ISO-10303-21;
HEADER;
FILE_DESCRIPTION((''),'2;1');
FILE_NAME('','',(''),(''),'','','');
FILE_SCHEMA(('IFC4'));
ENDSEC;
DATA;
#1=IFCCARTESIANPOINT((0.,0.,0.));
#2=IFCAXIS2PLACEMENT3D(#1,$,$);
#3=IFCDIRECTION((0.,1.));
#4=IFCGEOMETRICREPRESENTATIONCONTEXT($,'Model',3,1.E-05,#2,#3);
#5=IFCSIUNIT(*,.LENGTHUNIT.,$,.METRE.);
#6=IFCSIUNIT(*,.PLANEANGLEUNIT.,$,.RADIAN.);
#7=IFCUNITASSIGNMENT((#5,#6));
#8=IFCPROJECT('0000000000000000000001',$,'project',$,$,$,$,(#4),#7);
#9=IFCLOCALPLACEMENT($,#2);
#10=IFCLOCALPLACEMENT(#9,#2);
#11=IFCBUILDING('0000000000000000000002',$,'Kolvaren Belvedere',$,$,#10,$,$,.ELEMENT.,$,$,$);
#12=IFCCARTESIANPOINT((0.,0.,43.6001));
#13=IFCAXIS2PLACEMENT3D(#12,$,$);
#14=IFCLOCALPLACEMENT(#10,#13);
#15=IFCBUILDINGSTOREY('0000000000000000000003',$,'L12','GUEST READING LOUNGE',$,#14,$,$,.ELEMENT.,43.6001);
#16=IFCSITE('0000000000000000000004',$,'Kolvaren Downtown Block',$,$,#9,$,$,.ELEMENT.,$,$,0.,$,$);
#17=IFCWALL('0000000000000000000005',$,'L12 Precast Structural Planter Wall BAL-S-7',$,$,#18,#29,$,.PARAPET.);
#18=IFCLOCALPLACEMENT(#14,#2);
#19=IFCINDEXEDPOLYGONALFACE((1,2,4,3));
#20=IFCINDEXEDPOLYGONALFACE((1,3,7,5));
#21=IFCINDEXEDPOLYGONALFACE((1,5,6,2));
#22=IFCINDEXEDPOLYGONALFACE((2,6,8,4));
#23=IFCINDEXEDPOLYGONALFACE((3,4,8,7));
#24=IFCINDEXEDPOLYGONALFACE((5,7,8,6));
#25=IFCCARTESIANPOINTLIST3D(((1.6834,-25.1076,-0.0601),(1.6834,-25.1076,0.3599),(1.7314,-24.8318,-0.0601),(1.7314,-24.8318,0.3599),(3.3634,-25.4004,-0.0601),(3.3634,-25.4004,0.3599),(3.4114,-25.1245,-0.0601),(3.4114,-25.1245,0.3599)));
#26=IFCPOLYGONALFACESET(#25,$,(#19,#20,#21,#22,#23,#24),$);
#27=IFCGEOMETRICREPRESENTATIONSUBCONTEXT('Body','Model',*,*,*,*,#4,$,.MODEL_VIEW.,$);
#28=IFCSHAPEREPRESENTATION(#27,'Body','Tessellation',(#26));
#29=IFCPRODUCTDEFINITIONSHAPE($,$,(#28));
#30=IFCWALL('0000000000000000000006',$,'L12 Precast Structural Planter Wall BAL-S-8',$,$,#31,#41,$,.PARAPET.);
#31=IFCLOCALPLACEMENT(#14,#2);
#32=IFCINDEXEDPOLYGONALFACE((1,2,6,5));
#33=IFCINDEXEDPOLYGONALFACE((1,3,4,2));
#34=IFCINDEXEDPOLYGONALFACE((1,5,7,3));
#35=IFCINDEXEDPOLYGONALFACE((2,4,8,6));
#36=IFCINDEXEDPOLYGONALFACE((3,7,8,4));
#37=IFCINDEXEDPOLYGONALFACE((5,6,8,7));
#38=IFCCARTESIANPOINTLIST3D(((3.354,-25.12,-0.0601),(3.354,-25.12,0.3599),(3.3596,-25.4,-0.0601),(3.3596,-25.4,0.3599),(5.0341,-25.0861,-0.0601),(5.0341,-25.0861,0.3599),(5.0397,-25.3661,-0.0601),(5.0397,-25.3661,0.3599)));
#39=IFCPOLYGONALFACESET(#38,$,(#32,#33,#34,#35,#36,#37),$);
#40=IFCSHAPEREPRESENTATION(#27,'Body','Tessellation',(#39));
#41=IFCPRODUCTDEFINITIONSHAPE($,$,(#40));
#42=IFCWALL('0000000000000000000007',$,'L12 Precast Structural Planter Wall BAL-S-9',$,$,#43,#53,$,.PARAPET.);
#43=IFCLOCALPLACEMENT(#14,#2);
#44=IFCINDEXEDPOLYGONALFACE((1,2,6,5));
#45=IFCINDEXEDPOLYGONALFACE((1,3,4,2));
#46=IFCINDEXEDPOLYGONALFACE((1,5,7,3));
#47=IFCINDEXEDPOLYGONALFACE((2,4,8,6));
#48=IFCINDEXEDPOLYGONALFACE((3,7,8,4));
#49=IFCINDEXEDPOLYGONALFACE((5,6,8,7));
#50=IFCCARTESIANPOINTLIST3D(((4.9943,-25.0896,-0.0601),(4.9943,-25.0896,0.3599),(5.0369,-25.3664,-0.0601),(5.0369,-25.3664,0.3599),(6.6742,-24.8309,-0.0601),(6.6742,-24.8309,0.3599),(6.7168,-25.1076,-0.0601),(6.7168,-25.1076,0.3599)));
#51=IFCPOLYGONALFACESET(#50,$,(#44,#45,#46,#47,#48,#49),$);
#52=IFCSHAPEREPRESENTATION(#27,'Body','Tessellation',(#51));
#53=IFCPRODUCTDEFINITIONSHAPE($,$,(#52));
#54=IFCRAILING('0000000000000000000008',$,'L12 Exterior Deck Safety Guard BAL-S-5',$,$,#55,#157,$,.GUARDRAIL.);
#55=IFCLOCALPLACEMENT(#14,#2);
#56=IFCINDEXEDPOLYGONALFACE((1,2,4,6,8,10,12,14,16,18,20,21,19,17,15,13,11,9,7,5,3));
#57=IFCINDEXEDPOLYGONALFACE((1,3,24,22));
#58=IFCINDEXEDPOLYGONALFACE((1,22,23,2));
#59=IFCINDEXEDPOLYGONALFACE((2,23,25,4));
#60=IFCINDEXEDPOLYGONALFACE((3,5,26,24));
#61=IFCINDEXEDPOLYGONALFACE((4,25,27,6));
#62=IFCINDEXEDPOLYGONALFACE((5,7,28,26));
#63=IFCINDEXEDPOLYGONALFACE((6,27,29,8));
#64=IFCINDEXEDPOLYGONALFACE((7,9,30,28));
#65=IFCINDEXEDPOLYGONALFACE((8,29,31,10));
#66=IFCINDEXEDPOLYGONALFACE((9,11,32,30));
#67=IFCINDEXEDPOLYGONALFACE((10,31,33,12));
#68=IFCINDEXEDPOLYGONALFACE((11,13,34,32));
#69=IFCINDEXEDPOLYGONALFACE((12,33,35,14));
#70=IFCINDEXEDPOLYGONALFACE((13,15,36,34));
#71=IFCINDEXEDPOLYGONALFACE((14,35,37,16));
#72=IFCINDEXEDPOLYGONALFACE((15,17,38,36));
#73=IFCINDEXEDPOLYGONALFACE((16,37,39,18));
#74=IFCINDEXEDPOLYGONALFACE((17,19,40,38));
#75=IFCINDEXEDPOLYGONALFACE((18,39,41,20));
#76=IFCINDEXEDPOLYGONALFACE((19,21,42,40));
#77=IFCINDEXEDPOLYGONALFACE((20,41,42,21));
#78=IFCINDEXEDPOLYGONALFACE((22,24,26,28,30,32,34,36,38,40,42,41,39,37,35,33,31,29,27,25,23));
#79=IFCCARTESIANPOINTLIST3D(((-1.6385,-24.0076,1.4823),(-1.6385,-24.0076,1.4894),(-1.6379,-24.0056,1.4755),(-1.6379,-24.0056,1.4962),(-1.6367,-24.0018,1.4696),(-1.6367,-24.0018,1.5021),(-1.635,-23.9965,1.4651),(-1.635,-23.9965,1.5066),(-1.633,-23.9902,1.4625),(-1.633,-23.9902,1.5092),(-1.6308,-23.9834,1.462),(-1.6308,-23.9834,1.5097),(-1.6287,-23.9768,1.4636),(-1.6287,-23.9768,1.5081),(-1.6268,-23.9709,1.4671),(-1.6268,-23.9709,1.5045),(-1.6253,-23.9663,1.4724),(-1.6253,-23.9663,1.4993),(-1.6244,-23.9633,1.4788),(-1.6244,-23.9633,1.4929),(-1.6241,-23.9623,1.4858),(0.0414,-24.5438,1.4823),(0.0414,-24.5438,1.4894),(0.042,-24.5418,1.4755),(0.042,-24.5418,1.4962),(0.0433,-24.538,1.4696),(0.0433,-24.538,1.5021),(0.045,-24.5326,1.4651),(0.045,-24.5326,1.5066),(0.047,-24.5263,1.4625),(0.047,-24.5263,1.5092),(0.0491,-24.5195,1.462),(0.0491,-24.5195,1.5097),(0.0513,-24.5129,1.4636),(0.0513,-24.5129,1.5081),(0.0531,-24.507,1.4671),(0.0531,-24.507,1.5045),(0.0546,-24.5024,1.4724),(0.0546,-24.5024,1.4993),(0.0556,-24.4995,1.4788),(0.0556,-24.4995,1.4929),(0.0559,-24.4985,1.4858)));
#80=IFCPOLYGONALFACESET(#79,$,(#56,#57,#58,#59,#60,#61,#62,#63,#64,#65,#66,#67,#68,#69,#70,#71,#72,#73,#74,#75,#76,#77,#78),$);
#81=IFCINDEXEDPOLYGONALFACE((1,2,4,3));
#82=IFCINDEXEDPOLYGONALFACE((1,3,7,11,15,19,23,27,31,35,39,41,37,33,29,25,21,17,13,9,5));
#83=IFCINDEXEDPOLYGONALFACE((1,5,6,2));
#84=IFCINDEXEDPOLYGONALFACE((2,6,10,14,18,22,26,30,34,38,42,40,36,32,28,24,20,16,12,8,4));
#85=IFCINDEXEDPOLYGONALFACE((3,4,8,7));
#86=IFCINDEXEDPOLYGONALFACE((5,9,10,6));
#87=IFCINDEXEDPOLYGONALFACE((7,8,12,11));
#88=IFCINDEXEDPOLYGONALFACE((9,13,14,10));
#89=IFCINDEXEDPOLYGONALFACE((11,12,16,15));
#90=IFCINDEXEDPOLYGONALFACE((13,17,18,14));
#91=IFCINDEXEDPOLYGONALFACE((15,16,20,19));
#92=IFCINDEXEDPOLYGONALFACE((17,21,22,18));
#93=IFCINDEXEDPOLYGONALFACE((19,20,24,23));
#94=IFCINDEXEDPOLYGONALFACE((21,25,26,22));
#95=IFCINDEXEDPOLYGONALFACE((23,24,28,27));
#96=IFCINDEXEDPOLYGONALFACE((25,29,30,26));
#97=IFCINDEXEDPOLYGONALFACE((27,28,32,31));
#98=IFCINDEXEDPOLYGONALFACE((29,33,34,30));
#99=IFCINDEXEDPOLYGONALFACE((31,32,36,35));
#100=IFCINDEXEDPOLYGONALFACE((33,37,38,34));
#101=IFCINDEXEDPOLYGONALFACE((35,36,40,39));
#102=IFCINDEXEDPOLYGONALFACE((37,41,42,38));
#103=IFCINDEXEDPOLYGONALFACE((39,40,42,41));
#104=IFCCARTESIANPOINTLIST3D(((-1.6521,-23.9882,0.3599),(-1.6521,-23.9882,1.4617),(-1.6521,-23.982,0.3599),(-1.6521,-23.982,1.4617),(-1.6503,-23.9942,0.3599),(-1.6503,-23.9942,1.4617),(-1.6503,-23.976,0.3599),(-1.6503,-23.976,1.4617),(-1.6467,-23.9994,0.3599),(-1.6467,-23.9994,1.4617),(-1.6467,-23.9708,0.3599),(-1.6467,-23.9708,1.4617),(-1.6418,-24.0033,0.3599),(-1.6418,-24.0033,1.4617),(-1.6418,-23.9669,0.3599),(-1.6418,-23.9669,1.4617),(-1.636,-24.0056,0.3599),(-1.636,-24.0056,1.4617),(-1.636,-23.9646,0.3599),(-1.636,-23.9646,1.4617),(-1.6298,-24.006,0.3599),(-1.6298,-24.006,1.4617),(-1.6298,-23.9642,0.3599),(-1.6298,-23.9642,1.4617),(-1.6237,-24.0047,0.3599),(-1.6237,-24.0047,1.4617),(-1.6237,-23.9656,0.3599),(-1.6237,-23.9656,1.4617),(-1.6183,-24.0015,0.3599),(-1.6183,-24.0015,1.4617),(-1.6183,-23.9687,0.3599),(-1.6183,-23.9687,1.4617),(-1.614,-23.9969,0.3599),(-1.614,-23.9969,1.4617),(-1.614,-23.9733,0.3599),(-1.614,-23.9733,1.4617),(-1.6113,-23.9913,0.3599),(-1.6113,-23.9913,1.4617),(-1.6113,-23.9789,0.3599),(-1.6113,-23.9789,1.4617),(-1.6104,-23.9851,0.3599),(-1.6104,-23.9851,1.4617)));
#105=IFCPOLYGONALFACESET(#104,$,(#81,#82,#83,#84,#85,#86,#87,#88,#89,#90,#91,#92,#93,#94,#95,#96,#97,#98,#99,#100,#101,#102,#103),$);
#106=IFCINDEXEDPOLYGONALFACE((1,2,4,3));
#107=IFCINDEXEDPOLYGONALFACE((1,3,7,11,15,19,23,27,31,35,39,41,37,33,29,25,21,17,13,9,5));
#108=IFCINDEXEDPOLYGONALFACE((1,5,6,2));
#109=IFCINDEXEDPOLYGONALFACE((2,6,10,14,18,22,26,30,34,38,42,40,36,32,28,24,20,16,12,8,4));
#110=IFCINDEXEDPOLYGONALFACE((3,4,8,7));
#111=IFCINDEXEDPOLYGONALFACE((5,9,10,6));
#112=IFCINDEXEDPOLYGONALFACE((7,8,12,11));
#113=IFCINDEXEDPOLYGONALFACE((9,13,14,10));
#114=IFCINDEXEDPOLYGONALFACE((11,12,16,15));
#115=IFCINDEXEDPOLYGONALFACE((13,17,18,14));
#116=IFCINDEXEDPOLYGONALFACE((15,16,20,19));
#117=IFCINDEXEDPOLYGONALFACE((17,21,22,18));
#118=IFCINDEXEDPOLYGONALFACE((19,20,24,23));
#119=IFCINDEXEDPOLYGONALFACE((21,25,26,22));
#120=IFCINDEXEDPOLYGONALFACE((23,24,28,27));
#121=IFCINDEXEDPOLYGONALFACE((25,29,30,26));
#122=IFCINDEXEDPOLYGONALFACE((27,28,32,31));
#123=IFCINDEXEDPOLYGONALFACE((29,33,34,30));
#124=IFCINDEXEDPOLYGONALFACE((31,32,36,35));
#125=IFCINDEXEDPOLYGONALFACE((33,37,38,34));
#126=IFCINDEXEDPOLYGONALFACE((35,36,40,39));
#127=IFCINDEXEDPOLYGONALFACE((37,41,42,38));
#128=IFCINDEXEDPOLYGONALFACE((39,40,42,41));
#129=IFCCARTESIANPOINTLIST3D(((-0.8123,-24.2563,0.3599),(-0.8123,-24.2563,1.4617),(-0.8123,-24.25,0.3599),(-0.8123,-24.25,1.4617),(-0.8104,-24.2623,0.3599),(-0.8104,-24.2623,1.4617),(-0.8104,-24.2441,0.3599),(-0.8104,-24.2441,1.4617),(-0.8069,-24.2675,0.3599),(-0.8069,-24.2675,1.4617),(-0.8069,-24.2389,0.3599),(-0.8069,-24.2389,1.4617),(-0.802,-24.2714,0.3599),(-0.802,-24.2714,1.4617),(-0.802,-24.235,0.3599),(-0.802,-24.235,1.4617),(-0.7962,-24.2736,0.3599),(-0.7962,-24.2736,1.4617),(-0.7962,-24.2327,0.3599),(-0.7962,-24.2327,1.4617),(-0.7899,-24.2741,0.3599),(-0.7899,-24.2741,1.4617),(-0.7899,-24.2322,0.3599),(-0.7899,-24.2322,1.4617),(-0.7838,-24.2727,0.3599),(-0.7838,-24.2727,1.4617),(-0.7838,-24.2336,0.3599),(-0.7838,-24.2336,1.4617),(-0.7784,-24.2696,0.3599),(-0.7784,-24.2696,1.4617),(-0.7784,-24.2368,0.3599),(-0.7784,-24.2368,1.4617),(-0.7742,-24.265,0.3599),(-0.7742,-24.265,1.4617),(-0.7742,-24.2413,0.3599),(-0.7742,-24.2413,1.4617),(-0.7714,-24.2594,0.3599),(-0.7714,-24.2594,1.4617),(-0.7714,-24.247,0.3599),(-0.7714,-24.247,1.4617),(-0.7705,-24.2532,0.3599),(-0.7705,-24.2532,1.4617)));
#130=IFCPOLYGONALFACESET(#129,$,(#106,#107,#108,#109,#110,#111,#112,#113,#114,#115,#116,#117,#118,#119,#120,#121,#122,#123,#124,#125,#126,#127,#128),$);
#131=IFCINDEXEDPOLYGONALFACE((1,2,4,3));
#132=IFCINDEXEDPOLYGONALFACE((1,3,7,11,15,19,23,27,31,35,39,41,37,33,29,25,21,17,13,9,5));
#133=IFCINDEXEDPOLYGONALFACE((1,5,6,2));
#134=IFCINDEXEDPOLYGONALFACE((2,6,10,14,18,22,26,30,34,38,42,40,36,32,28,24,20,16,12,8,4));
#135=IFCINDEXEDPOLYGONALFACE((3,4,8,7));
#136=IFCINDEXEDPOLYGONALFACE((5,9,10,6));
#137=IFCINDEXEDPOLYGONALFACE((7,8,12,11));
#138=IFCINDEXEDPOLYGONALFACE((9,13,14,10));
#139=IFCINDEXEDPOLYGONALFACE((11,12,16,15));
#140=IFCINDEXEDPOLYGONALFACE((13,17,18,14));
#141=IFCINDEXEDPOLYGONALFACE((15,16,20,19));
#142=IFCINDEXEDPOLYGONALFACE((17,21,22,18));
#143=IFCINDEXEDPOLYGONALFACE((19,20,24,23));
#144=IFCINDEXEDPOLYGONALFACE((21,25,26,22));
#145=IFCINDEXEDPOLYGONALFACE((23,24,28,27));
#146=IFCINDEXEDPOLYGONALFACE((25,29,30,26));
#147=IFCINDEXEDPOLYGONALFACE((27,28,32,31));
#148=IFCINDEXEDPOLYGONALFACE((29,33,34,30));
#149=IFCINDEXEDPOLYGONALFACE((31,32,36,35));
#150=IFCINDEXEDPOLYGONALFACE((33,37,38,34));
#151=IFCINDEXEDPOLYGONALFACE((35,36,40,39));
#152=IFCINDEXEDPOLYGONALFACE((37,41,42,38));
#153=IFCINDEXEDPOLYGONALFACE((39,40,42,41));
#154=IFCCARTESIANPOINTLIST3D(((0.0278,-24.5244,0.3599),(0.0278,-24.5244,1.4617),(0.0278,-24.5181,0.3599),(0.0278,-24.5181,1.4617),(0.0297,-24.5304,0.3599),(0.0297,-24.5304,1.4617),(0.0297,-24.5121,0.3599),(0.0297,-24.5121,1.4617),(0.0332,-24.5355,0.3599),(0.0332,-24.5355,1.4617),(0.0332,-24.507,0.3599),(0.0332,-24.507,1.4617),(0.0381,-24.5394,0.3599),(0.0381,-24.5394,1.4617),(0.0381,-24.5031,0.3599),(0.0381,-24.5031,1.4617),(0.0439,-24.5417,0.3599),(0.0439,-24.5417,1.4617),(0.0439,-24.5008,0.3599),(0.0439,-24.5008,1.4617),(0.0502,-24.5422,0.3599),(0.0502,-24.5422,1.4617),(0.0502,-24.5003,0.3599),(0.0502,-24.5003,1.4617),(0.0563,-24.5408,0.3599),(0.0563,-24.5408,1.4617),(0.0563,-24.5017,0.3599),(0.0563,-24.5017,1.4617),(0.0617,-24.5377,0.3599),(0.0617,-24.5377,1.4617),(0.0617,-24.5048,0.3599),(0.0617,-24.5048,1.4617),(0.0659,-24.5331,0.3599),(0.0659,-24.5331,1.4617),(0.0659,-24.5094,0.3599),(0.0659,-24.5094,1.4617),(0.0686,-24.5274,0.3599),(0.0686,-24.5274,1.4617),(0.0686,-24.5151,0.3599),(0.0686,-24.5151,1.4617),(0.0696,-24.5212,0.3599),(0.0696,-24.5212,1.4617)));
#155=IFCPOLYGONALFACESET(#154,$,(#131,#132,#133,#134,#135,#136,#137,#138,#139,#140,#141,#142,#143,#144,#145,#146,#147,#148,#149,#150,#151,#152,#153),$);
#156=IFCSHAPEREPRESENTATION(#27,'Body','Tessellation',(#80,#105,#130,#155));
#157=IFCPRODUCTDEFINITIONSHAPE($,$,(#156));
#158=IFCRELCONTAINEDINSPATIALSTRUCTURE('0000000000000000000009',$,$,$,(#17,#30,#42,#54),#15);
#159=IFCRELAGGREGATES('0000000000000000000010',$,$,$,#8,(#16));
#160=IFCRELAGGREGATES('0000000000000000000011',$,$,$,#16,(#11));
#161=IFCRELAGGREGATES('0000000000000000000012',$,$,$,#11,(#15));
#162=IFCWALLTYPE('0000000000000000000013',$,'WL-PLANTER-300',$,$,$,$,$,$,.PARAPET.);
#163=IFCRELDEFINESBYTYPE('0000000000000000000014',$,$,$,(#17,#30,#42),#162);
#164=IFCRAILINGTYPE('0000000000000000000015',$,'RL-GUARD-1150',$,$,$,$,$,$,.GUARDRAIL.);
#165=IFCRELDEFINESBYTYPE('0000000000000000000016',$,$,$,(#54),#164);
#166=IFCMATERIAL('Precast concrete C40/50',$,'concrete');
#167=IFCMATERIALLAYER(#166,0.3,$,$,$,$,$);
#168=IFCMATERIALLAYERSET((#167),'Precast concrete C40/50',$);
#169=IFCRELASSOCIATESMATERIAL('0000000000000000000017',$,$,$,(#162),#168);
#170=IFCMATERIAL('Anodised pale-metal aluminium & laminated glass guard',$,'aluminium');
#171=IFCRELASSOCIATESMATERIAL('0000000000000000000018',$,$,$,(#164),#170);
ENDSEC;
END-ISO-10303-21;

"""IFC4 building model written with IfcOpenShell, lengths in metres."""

from ifc_helpers import new_model, si_unit, direction, frame, frame_2d, origin, origin_2d, place, context, subcontext, project, spatial, rectangle, circle, extrude, material, layer, layer_set, type_object, element, save


model = new_model("IFC4")

# Units and contexts
model_context = context("Model", 3, precision=1e-05, world=origin(), true_north=direction((0.0, 1.0)))
body_context = subcontext(model_context, "Body", "Model", "MODEL_VIEW")
ifc_project = project(units=[si_unit("LENGTHUNIT", "METRE"), si_unit("PLANEANGLEUNIT", "RADIAN")], contexts=[model_context])

# Site, building, storey
site_placement = place(None, origin())
site = spatial("IfcSite", under=ifc_project, at=site_placement, Name="Kolvaren Downtown Block", CompositionType="ELEMENT", RefElevation=0.0)
building_placement = place(site_placement, origin())
building = spatial("IfcBuilding", under=site, at=building_placement, Name="Kolvaren Belvedere", CompositionType="ELEMENT")
storey_placement = place(building_placement, frame((0.0, 0.0, 43.6001)))
storey = spatial("IfcBuildingStorey", under=building, at=storey_placement, Name="L12", Description="GUEST READING LOUNGE", CompositionType="ELEMENT", Elevation=43.6001)

# Walls
ifc_material_1 = material(Name="Precast concrete C40/50", Category="concrete")
ifc_layer_1 = layer(ifc_material_1, 0.3)
ifc_layer_set_1 = layer_set([ifc_layer_1], Name="Precast concrete C40/50")
wall_type_1 = type_object("IfcWallType", Name="WL-PLANTER-300", PredefinedType="PARAPET", material=ifc_layer_set_1)
wall_1_placement = place(storey_placement, frame((1.7075, -24.9697, -0.0601), z_axis=(0.0, 0.0, 1.0), x_axis=(0.985156, -0.171661, 0.0)))
element("IfcWall", 1, at=wall_1_placement, inside=storey, type_object=wall_type_1, Name="L12 Precast Structural Planter Wall BAL-S-7", PredefinedType="PARAPET", context=body_context, shape_type="SweptSolid", body=[
    extrude(rectangle(XDim=1.7053, YDim=0.28, at=frame_2d((0.8525, 0.0))), origin(), (0.0, 0.0, 1.0), 0.4199),
])
wall_2_placement = place(storey_placement, frame((3.3567, -25.26, -0.0601), z_axis=(0.0, 0.0, 1.0), x_axis=(0.999796, 0.020193, 0.0)))
element("IfcWall", 2, at=wall_2_placement, inside=storey, type_object=wall_type_1, Name="L12 Precast Structural Planter Wall BAL-S-8", PredefinedType="PARAPET", context=body_context, shape_type="SweptSolid", body=[
    extrude(rectangle(XDim=1.6804, YDim=0.28, at=frame_2d((0.8403, 0.0))), origin(), (0.0, 0.0, 1.0), 0.4199),
])
wall_3_placement = place(storey_placement, frame((5.0156, -25.228, -0.0601), z_axis=(0.0, 0.0, 1.0), x_axis=(0.988342, 0.152251, 0.0)))
element("IfcWall", 3, at=wall_3_placement, inside=storey, type_object=wall_type_1, Name="L12 Precast Structural Planter Wall BAL-S-9", PredefinedType="PARAPET", context=body_context, shape_type="SweptSolid", body=[
    extrude(rectangle(XDim=1.6997, YDim=0.28, at=frame_2d((0.8499, 0.0))), origin(), (0.0, 0.0, 1.0), 0.4199),
])

# Railing
ifc_material_2 = material(Name="Anodised pale-metal aluminium & laminated glass guard", Category="aluminium")
railing_type = type_object("IfcRailingType", Name="RL-GUARD-1150", PredefinedType="GUARDRAIL", material=ifc_material_2)
railing_1_placement = place(storey_placement, frame((-1.6313, -23.9851, 0.3599)))
element("IfcRailing", 4, at=railing_1_placement, inside=storey, type_object=railing_type, Name="L12 Exterior Deck Safety Guard BAL-S-5", PredefinedType="GUARDRAIL", context=body_context, shape_type="SweptSolid", body=[
    extrude(circle(Radius=0.0239, at=origin_2d()), frame((0.0, 0.0, 1.126), z_axis=(0.952662, -0.304032, 0.0), x_axis=(0.304032, 0.952662, 0.0)), (0.0, 0.0, 1.0), 1.7634),
    extrude(circle(Radius=0.021, at=origin_2d()), origin(), (0.0, 0.0, 1.0), 1.1018),
    extrude(circle(Radius=0.021, at=origin_2d()), frame((0.8398, -0.2681, 0.0)), (0.0, 0.0, 1.0), 1.1018),
    extrude(circle(Radius=0.021, at=origin_2d()), frame((1.6799, -0.5361, 0.0)), (0.0, 0.0, 1.0), 1.1018),
])

save(model, "model.ifc")
